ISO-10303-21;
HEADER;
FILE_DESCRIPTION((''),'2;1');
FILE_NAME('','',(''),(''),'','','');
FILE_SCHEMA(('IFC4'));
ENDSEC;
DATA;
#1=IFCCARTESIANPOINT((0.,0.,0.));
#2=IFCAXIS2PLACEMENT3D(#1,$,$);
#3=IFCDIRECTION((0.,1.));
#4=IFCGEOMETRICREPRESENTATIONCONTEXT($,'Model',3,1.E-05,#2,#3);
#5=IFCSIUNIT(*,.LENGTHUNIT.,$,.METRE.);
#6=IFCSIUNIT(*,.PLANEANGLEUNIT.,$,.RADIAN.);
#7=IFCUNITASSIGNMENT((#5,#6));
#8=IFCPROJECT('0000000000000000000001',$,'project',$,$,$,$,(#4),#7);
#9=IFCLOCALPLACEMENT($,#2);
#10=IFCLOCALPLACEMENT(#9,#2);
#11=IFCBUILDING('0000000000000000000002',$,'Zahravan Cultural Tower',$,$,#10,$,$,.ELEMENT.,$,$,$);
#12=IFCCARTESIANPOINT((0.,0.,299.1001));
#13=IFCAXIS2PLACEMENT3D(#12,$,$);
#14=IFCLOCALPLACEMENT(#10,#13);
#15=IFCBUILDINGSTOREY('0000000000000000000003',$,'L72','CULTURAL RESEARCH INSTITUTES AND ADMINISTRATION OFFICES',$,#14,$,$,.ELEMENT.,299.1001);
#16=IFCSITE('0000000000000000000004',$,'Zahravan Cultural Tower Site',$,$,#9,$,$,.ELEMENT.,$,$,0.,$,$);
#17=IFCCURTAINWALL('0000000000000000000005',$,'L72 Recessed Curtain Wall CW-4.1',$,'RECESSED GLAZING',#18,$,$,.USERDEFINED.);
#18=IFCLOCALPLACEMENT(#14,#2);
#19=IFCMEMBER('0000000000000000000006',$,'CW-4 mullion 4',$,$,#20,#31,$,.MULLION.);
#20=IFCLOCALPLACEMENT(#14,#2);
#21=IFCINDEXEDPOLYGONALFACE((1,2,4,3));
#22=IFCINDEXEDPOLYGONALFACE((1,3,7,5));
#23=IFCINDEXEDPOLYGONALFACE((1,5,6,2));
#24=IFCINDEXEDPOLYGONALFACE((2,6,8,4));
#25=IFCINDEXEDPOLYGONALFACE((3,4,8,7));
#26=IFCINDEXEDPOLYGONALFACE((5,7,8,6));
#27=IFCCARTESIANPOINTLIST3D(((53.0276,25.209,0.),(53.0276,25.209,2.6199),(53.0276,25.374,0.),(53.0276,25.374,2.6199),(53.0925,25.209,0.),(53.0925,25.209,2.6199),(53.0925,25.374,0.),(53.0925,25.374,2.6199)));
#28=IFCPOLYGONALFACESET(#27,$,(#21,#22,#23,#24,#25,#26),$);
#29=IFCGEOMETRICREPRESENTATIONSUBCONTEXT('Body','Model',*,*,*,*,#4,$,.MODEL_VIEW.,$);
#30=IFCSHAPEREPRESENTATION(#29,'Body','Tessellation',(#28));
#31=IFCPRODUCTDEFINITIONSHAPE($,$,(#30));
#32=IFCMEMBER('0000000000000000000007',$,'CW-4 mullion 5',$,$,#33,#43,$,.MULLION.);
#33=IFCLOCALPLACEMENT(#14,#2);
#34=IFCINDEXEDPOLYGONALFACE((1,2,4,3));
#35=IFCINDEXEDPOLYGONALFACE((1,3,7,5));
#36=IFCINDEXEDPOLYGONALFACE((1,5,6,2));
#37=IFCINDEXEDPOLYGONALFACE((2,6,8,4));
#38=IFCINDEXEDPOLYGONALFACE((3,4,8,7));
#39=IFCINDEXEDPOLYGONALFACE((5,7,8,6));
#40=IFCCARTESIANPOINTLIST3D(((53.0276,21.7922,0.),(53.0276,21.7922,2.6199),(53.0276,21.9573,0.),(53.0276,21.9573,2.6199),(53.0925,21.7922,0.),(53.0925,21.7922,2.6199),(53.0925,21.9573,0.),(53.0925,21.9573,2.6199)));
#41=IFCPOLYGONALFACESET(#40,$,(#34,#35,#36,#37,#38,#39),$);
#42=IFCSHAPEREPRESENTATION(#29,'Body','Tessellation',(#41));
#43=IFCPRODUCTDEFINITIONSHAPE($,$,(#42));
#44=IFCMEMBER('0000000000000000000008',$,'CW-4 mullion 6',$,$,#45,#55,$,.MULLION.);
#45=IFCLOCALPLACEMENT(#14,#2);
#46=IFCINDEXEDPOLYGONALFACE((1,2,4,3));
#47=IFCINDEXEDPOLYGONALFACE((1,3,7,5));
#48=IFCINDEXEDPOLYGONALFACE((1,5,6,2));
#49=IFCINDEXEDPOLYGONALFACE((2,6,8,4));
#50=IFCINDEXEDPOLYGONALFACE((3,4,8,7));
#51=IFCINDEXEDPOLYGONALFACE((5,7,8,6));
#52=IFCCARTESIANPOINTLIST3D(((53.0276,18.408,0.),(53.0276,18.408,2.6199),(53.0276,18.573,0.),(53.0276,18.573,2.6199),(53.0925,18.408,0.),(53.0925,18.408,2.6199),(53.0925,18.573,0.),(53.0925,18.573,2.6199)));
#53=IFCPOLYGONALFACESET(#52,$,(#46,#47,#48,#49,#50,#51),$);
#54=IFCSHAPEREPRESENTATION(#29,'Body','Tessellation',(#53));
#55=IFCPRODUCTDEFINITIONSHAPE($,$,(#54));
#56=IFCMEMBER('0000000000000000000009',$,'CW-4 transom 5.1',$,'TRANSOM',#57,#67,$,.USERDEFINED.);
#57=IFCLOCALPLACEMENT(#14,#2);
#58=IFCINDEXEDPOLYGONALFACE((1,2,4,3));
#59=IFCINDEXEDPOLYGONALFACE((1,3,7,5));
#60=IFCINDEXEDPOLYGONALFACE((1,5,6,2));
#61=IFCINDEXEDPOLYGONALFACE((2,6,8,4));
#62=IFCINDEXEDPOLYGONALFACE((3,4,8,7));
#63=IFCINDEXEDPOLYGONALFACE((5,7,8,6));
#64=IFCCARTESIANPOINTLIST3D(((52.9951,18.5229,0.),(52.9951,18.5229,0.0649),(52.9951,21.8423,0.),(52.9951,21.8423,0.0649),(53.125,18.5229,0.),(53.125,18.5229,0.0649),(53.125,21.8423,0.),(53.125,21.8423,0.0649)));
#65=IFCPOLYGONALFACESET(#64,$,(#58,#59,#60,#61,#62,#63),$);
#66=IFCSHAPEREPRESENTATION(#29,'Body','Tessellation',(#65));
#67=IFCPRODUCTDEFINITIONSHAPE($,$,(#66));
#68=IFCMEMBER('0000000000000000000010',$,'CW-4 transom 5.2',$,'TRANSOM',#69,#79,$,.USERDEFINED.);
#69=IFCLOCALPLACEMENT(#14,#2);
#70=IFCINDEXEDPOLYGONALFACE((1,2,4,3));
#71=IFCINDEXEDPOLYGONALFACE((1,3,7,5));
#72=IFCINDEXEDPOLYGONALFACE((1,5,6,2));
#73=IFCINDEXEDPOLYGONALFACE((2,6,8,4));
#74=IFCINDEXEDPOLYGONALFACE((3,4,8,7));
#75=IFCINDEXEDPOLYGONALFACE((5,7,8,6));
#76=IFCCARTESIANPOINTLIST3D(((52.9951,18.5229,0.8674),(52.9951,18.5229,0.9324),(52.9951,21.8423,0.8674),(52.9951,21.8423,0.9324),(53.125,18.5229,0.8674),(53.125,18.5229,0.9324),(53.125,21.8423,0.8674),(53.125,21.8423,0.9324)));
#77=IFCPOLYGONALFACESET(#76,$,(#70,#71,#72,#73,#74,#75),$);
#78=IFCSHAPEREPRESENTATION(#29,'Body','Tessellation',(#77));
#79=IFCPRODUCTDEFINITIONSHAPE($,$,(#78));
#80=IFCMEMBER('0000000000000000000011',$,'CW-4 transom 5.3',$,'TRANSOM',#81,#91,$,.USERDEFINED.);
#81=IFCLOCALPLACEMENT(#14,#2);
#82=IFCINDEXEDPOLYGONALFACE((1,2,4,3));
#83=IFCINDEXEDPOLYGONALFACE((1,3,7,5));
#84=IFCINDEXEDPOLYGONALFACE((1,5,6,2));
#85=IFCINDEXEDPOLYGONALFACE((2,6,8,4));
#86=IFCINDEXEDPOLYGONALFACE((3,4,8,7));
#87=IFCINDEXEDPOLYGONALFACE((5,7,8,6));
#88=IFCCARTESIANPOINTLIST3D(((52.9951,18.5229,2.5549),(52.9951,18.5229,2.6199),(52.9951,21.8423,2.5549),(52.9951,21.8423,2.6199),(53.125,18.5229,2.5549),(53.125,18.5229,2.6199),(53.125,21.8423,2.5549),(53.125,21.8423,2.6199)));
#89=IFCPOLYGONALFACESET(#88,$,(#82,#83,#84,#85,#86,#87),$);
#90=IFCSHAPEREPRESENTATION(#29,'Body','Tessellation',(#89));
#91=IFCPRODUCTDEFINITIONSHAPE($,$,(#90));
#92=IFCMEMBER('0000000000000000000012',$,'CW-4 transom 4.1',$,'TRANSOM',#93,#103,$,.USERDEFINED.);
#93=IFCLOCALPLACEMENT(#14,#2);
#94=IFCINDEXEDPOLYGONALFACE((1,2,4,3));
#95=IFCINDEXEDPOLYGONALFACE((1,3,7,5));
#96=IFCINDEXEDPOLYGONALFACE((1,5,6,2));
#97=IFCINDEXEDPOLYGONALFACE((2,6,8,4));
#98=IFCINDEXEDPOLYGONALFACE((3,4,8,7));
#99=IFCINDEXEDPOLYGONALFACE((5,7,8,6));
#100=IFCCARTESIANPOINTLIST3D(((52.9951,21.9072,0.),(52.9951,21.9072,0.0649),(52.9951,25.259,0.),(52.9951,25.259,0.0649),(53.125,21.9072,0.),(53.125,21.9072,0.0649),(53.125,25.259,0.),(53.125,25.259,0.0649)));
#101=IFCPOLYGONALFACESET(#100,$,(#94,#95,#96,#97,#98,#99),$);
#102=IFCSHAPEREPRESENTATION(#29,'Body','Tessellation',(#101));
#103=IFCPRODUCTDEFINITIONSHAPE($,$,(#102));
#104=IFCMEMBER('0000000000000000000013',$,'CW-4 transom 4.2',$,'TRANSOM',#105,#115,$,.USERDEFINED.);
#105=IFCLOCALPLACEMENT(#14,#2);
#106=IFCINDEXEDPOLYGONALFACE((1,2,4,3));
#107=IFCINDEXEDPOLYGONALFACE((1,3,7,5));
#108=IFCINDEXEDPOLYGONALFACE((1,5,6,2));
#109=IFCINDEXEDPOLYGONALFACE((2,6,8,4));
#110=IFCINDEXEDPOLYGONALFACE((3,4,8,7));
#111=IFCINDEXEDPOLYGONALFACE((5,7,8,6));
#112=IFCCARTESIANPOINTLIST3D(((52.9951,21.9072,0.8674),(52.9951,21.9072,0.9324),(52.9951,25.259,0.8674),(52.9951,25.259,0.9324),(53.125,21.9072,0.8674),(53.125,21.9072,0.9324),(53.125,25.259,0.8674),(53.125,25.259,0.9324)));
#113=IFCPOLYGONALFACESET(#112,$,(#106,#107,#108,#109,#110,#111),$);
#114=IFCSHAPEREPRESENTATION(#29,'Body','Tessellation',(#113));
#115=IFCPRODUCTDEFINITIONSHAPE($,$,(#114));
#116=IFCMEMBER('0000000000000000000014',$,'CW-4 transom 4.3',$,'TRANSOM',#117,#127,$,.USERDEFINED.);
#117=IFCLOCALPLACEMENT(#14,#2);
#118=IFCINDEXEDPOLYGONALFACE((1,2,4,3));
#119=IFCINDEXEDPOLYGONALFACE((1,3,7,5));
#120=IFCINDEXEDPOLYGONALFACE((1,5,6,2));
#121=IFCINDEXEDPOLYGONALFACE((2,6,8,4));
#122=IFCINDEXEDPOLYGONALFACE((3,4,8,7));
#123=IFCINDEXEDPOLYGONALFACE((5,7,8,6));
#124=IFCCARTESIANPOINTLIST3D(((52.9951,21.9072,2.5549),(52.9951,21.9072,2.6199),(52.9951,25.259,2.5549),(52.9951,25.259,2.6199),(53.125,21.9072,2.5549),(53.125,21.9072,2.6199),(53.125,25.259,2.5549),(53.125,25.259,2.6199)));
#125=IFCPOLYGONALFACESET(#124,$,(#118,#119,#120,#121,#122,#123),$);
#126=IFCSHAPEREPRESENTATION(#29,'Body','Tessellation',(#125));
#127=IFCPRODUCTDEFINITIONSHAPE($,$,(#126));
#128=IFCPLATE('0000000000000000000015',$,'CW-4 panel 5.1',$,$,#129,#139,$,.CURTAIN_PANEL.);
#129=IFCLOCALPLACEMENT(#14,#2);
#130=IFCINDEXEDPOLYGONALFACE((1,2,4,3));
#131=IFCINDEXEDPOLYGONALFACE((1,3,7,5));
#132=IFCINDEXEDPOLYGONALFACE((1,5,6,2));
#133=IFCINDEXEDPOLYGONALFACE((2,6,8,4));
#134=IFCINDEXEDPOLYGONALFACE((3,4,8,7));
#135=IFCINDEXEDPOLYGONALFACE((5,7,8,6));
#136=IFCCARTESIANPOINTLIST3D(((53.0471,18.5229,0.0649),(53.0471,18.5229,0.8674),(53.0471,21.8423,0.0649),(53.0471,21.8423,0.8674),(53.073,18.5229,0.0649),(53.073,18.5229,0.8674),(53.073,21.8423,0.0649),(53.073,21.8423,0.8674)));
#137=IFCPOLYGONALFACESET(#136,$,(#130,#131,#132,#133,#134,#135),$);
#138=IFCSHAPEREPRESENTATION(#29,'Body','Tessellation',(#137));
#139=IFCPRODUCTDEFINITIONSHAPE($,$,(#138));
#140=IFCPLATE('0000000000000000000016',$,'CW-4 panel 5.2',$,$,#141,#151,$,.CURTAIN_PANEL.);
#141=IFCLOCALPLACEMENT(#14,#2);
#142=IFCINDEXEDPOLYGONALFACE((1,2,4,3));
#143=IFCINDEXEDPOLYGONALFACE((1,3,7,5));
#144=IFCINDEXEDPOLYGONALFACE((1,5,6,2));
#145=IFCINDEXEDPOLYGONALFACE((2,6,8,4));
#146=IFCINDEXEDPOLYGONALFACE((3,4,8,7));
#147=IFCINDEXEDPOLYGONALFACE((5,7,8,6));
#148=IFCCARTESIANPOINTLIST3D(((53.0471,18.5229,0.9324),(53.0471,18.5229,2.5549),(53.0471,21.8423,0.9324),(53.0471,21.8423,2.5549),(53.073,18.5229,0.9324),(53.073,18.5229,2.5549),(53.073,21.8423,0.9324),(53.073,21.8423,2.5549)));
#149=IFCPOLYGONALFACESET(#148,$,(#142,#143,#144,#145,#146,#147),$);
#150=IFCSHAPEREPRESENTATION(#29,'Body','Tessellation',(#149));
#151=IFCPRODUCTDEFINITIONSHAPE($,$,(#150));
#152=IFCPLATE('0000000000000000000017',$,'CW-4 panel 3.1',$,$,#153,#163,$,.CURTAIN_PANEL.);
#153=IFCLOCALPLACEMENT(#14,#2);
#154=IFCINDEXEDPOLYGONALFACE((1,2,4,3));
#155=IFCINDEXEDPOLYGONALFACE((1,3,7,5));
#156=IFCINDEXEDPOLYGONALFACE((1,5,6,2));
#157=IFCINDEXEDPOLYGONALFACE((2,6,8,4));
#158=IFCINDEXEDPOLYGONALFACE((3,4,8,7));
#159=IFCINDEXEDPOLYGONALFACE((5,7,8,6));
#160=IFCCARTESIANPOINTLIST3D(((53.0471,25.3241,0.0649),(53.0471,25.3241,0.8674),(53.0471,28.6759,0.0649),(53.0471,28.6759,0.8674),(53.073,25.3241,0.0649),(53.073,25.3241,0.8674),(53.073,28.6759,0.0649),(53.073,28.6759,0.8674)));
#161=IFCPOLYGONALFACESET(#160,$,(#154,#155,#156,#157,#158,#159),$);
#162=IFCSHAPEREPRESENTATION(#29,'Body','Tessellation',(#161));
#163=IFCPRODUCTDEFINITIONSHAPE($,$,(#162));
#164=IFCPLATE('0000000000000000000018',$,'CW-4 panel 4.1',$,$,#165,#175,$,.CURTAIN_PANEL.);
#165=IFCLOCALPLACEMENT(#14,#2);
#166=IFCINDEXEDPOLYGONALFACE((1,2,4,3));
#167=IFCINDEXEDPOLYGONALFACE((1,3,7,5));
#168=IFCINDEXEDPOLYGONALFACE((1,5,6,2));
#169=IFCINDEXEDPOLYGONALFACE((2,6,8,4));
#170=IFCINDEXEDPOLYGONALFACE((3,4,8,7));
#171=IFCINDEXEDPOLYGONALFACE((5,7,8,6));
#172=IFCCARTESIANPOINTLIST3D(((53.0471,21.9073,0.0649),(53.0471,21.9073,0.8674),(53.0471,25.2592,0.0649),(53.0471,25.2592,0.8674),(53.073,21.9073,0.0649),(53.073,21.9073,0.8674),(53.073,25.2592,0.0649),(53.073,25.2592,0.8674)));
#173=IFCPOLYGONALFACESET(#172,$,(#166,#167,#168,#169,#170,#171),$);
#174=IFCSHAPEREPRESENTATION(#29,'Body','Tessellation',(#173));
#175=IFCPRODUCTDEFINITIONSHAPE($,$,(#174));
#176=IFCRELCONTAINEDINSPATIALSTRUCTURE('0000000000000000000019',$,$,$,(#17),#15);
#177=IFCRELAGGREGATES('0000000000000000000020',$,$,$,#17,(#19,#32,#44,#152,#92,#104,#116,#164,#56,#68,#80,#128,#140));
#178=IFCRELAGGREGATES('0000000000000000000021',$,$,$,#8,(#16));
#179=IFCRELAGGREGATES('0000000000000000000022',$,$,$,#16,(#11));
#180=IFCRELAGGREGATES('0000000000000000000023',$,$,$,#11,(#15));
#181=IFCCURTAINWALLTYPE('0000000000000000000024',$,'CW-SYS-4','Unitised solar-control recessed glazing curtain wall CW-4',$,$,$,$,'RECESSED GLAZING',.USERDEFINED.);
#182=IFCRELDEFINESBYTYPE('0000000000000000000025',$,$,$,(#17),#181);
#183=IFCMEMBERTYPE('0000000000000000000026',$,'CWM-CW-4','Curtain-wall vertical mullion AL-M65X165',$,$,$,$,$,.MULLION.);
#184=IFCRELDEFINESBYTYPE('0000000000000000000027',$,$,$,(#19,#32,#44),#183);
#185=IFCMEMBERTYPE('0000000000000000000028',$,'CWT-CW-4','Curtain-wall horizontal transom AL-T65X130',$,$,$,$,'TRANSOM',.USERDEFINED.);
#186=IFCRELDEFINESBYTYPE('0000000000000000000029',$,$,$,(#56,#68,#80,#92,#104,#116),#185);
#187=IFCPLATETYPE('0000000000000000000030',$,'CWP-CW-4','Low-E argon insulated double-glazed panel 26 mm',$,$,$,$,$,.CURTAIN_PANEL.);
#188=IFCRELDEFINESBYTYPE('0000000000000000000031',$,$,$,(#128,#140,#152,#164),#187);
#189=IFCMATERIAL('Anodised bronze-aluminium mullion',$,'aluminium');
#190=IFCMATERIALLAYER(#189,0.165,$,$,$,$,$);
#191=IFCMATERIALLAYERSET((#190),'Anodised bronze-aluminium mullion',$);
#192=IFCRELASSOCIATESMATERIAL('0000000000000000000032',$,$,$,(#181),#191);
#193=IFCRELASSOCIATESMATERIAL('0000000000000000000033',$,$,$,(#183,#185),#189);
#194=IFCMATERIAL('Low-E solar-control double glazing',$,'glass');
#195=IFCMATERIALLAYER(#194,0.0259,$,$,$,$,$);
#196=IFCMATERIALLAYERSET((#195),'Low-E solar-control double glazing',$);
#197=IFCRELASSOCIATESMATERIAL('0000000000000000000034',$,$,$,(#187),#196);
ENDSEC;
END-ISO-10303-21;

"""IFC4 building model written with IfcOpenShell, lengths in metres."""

from ifc_helpers import new_model, si_unit, direction, frame, origin, origin_2d, place, context, subcontext, project, spatial, rectangle, extrude, source, transform, mapped, material, layer, layer_set, material_profile, profile_set, type_object, element, aggregate, save


model = new_model("IFC4")

# Units and contexts
model_context = context("Model", 3, precision=1e-05, world=origin(), true_north=direction((0.0, 1.0)))
body_context = subcontext(model_context, "Body", "Model", "MODEL_VIEW")
ifc_project = project(units=[si_unit("LENGTHUNIT", "METRE"), si_unit("PLANEANGLEUNIT", "RADIAN")], contexts=[model_context])

# Site, building, storey
site_placement = place(None, origin())
site = spatial("IfcSite", under=ifc_project, at=site_placement, Name="Zahravan Cultural Tower Site", CompositionType="ELEMENT", RefElevation=0.0)
building_placement = place(site_placement, origin())
building = spatial("IfcBuilding", under=site, at=building_placement, Name="Zahravan Cultural Tower", CompositionType="ELEMENT")
storey_placement = place(building_placement, frame((0.0, 0.0, 299.1001)))
storey = spatial("IfcBuildingStorey", under=building, at=storey_placement, Name="L72", Description="CULTURAL RESEARCH INSTITUTES AND ADMINISTRATION OFFICES", CompositionType="ELEMENT", Elevation=299.1001)

# Curtain wall, members, plates
ifc_material_1 = material(Name="Anodised bronze-aluminium mullion", Category="aluminium")
ifc_layer_1 = layer(ifc_material_1, 0.165)
ifc_layer_set_1 = layer_set([ifc_layer_1], Name="Anodised bronze-aluminium mullion")
curtain_wall_type = type_object("IfcCurtainWallType", Name="CW-SYS-4", Description="Unitised solar-control recessed glazing curtain wall CW-4", ElementType="RECESSED GLAZING", PredefinedType="USERDEFINED", material=ifc_layer_set_1)
curtain_wall_placement = place(storey_placement, origin())
curtain_wall = element("IfcCurtainWall", 1, at=curtain_wall_placement, inside=storey, type_object=curtain_wall_type, Name="L72 Recessed Curtain Wall CW-4.1", ObjectType="RECESSED GLAZING", PredefinedType="USERDEFINED")
ifc_material_profile_1 = material_profile(ifc_material_1, rectangle(XDim=0.0649, YDim=0.165, at=origin_2d()), Name="AL-M65X165")
ifc_profile_set_1 = profile_set([ifc_material_profile_1], Name="Anodised bronze-aluminium mullion")
member_type_1 = type_object("IfcMemberType", Name="CWM-CW-4", Description="Curtain-wall vertical mullion AL-M65X165", PredefinedType="MULLION", material=ifc_profile_set_1)
shared_shape_1 = source(origin(), body_context, "Body", "SweptSolid", [
    extrude(rectangle(XDim=0.0649, YDim=0.165, at=origin_2d()), origin(), (0.0, 0.0, 1.0), 2.6199),
])
member_1_placement = place(storey_placement, frame((53.0601, 25.2915, 0.0), z_axis=(0.0, 0.0, 1.0), x_axis=(1.0, 0.0, 0.0)))
member_1 = element("IfcMember", 2, at=member_1_placement, type_object=member_type_1, Name="CW-4 mullion 4", PredefinedType="MULLION", context=body_context, shape_type="MappedRepresentation", body=[
    mapped(shared_shape_1, transform((0.0, 0.0, 0.0), x_axis=(1.0, 0.0, 0.0), y_axis=(0.0, 1.0, 0.0), z_axis=(0.0, 0.0, 1.0), scale=1.0)),
])
member_2_placement = place(storey_placement, frame((53.0601, 21.8748, 0.0), z_axis=(0.0, 0.0, 1.0), x_axis=(1.0, 0.0, 0.0)))
member_2 = element("IfcMember", 3, at=member_2_placement, type_object=member_type_1, Name="CW-4 mullion 5", PredefinedType="MULLION", context=body_context, shape_type="MappedRepresentation", body=[
    mapped(shared_shape_1, transform((0.0, 0.0, 0.0), x_axis=(1.0, 0.0, 0.0), y_axis=(0.0, 1.0, 0.0), z_axis=(0.0, 0.0, 1.0), scale=1.0)),
])
member_3_placement = place(storey_placement, frame((53.0601, 18.4905, 0.0), z_axis=(0.0, 0.0, 1.0), x_axis=(1.0, 0.0, 0.0)))
member_3 = element("IfcMember", 4, at=member_3_placement, type_object=member_type_1, Name="CW-4 mullion 6", PredefinedType="MULLION", context=body_context, shape_type="MappedRepresentation", body=[
    mapped(shared_shape_1, transform((0.0, 0.0, 0.0), x_axis=(1.0, 0.0, 0.0), y_axis=(0.0, 1.0, 0.0), z_axis=(0.0, 0.0, 1.0), scale=1.0)),
])
ifc_material_profile_2 = material_profile(ifc_material_1, rectangle(XDim=0.1299, YDim=0.0649, at=origin_2d()), Name="AL-T65X130")
ifc_profile_set_2 = profile_set([ifc_material_profile_2], Name="Anodised bronze-aluminium mullion")
member_type_2 = type_object("IfcMemberType", Name="CWT-CW-4", Description="Curtain-wall horizontal transom AL-T65X130", ElementType="TRANSOM", PredefinedType="USERDEFINED", material=ifc_profile_set_2)
shared_shape_2 = source(origin(), body_context, "Body", "SweptSolid", [
    extrude(rectangle(XDim=0.1299, YDim=0.0649, at=origin_2d()), origin(), (0.0, 0.0, 1.0), 3.3193),
])
member_4_placement = place(storey_placement, frame((53.0601, 21.8423, 0.0325), z_axis=(0.0, -1.0, 0.0), x_axis=(1.0, 0.0, 0.0)))
member_4 = element("IfcMember", 5, at=member_4_placement, type_object=member_type_2, Name="CW-4 transom 5.1", ObjectType="TRANSOM", PredefinedType="USERDEFINED", context=body_context, shape_type="MappedRepresentation", body=[
    mapped(shared_shape_2, transform((0.0, 0.0, 0.0), x_axis=(1.0, 0.0, 0.0), y_axis=(0.0, 1.0, 0.0), z_axis=(0.0, 0.0, 1.0), scale=1.0)),
])
member_5_placement = place(storey_placement, frame((53.0601, 21.8423, 0.8999), z_axis=(0.0, -1.0, 0.0), x_axis=(1.0, 0.0, 0.0)))
member_5 = element("IfcMember", 6, at=member_5_placement, type_object=member_type_2, Name="CW-4 transom 5.2", ObjectType="TRANSOM", PredefinedType="USERDEFINED", context=body_context, shape_type="MappedRepresentation", body=[
    mapped(shared_shape_2, transform((0.0, 0.0, 0.0), x_axis=(1.0, 0.0, 0.0), y_axis=(0.0, 1.0, 0.0), z_axis=(0.0, 0.0, 1.0), scale=1.0)),
])
member_6_placement = place(storey_placement, frame((53.0601, 21.8423, 2.5874), z_axis=(0.0, -1.0, 0.0), x_axis=(1.0, 0.0, 0.0)))
member_6 = element("IfcMember", 7, at=member_6_placement, type_object=member_type_2, Name="CW-4 transom 5.3", ObjectType="TRANSOM", PredefinedType="USERDEFINED", context=body_context, shape_type="MappedRepresentation", body=[
    mapped(shared_shape_2, transform((0.0, 0.0, 0.0), x_axis=(1.0, 0.0, 0.0), y_axis=(0.0, 1.0, 0.0), z_axis=(0.0, 0.0, 1.0), scale=1.0)),
])
shared_shape_3 = source(origin(), body_context, "Body", "SweptSolid", [
    extrude(rectangle(XDim=0.1299, YDim=0.0649, at=origin_2d()), origin(), (0.0, 0.0, 1.0), 3.3518),
])
member_7_placement = place(storey_placement, frame((53.0601, 25.259, 0.0325), z_axis=(0.0, -1.0, 0.0), x_axis=(1.0, 0.0, 0.0)))
member_7 = element("IfcMember", 8, at=member_7_placement, type_object=member_type_2, Name="CW-4 transom 4.1", ObjectType="TRANSOM", PredefinedType="USERDEFINED", context=body_context, shape_type="MappedRepresentation", body=[
    mapped(shared_shape_3, transform((0.0, 0.0, 0.0), x_axis=(1.0, 0.0, 0.0), y_axis=(0.0, 1.0, 0.0), z_axis=(0.0, 0.0, 1.0), scale=1.0)),
])
member_8_placement = place(storey_placement, frame((53.0601, 25.259, 0.8999), z_axis=(0.0, -1.0, 0.0), x_axis=(1.0, 0.0, 0.0)))
member_8 = element("IfcMember", 9, at=member_8_placement, type_object=member_type_2, Name="CW-4 transom 4.2", ObjectType="TRANSOM", PredefinedType="USERDEFINED", context=body_context, shape_type="MappedRepresentation", body=[
    mapped(shared_shape_3, transform((0.0, 0.0, 0.0), x_axis=(1.0, 0.0, 0.0), y_axis=(0.0, 1.0, 0.0), z_axis=(0.0, 0.0, 1.0), scale=1.0)),
])
member_9_placement = place(storey_placement, frame((53.0601, 25.259, 2.5874), z_axis=(0.0, -1.0, 0.0), x_axis=(1.0, 0.0, 0.0)))
member_9 = element("IfcMember", 10, at=member_9_placement, type_object=member_type_2, Name="CW-4 transom 4.3", ObjectType="TRANSOM", PredefinedType="USERDEFINED", context=body_context, shape_type="MappedRepresentation", body=[
    mapped(shared_shape_3, transform((0.0, 0.0, 0.0), x_axis=(1.0, 0.0, 0.0), y_axis=(0.0, 1.0, 0.0), z_axis=(0.0, 0.0, 1.0), scale=1.0)),
])
ifc_material_2 = material(Name="Low-E solar-control double glazing", Category="glass")
ifc_layer_2 = layer(ifc_material_2, 0.0259)
ifc_layer_set_2 = layer_set([ifc_layer_2], Name="Low-E solar-control double glazing")
plate_type = type_object("IfcPlateType", Name="CWP-CW-4", Description="Low-E argon insulated double-glazed panel 26 mm", PredefinedType="CURTAIN_PANEL", material=ifc_layer_set_2)
shared_shape_4 = source(origin(), body_context, "Body", "SweptSolid", [
    extrude(rectangle(XDim=3.3193, YDim=0.0259, at=origin_2d()), origin(), (0.0, 0.0, 1.0), 0.8025),
])
plate_1_placement = place(storey_placement, frame((53.0601, 20.1826, 0.0649), z_axis=(0.0, 0.0, 1.0), x_axis=(0.0, -1.0, 0.0)))
plate_1 = element("IfcPlate", 11, at=plate_1_placement, type_object=plate_type, Name="CW-4 panel 5.1", PredefinedType="CURTAIN_PANEL", context=body_context, shape_type="MappedRepresentation", body=[
    mapped(shared_shape_4, transform((0.0, 0.0, 0.0), x_axis=(1.0, 0.0, 0.0), y_axis=(0.0, 1.0, 0.0), z_axis=(0.0, 0.0, 1.0), scale=1.0)),
])
shared_shape_5 = source(origin(), body_context, "Body", "SweptSolid", [
    extrude(rectangle(XDim=3.3193, YDim=0.0259, at=origin_2d()), origin(), (0.0, 0.0, 1.0), 1.6226),
])
plate_2_placement = place(storey_placement, frame((53.0601, 20.1826, 0.9324), z_axis=(0.0, 0.0, 1.0), x_axis=(0.0, -1.0, 0.0)))
plate_2 = element("IfcPlate", 12, at=plate_2_placement, type_object=plate_type, Name="CW-4 panel 5.2", PredefinedType="CURTAIN_PANEL", context=body_context, shape_type="MappedRepresentation", body=[
    mapped(shared_shape_5, transform((0.0, 0.0, 0.0), x_axis=(1.0, 0.0, 0.0), y_axis=(0.0, 1.0, 0.0), z_axis=(0.0, 0.0, 1.0), scale=1.0)),
])
shared_shape_6 = source(origin(), body_context, "Body", "SweptSolid", [
    extrude(rectangle(XDim=3.3518, YDim=0.0259, at=origin_2d()), origin(), (0.0, 0.0, 1.0), 0.8025),
])
plate_3_placement = place(storey_placement, frame((53.0601, 27.0, 0.0649), z_axis=(0.0, 0.0, 1.0), x_axis=(0.0, -1.0, 0.0)))
plate_3 = element("IfcPlate", 13, at=plate_3_placement, type_object=plate_type, Name="CW-4 panel 3.1", PredefinedType="CURTAIN_PANEL", context=body_context, shape_type="MappedRepresentation", body=[
    mapped(shared_shape_6, transform((0.0, 0.0, 0.0), x_axis=(1.0, 0.0, 0.0), y_axis=(0.0, 1.0, 0.0), z_axis=(0.0, 0.0, 1.0), scale=1.0)),
])
plate_4_placement = place(storey_placement, frame((53.0601, 23.5833, 0.0649), z_axis=(0.0, 0.0, 1.0), x_axis=(0.0, -1.0, 0.0)))
plate_4 = element("IfcPlate", 14, at=plate_4_placement, type_object=plate_type, Name="CW-4 panel 4.1", PredefinedType="CURTAIN_PANEL", context=body_context, shape_type="MappedRepresentation", body=[
    mapped(shared_shape_6, transform((0.0, 0.0, 0.0), x_axis=(1.0, 0.0, 0.0), y_axis=(0.0, 1.0, 0.0), z_axis=(0.0, 0.0, 1.0), scale=1.0)),
])
aggregate(curtain_wall, [member_1, member_2, member_3, plate_3, member_7, member_8, member_9, plate_4, member_4, member_5, member_6, plate_1, plate_2])

save(model, "model.ifc")
